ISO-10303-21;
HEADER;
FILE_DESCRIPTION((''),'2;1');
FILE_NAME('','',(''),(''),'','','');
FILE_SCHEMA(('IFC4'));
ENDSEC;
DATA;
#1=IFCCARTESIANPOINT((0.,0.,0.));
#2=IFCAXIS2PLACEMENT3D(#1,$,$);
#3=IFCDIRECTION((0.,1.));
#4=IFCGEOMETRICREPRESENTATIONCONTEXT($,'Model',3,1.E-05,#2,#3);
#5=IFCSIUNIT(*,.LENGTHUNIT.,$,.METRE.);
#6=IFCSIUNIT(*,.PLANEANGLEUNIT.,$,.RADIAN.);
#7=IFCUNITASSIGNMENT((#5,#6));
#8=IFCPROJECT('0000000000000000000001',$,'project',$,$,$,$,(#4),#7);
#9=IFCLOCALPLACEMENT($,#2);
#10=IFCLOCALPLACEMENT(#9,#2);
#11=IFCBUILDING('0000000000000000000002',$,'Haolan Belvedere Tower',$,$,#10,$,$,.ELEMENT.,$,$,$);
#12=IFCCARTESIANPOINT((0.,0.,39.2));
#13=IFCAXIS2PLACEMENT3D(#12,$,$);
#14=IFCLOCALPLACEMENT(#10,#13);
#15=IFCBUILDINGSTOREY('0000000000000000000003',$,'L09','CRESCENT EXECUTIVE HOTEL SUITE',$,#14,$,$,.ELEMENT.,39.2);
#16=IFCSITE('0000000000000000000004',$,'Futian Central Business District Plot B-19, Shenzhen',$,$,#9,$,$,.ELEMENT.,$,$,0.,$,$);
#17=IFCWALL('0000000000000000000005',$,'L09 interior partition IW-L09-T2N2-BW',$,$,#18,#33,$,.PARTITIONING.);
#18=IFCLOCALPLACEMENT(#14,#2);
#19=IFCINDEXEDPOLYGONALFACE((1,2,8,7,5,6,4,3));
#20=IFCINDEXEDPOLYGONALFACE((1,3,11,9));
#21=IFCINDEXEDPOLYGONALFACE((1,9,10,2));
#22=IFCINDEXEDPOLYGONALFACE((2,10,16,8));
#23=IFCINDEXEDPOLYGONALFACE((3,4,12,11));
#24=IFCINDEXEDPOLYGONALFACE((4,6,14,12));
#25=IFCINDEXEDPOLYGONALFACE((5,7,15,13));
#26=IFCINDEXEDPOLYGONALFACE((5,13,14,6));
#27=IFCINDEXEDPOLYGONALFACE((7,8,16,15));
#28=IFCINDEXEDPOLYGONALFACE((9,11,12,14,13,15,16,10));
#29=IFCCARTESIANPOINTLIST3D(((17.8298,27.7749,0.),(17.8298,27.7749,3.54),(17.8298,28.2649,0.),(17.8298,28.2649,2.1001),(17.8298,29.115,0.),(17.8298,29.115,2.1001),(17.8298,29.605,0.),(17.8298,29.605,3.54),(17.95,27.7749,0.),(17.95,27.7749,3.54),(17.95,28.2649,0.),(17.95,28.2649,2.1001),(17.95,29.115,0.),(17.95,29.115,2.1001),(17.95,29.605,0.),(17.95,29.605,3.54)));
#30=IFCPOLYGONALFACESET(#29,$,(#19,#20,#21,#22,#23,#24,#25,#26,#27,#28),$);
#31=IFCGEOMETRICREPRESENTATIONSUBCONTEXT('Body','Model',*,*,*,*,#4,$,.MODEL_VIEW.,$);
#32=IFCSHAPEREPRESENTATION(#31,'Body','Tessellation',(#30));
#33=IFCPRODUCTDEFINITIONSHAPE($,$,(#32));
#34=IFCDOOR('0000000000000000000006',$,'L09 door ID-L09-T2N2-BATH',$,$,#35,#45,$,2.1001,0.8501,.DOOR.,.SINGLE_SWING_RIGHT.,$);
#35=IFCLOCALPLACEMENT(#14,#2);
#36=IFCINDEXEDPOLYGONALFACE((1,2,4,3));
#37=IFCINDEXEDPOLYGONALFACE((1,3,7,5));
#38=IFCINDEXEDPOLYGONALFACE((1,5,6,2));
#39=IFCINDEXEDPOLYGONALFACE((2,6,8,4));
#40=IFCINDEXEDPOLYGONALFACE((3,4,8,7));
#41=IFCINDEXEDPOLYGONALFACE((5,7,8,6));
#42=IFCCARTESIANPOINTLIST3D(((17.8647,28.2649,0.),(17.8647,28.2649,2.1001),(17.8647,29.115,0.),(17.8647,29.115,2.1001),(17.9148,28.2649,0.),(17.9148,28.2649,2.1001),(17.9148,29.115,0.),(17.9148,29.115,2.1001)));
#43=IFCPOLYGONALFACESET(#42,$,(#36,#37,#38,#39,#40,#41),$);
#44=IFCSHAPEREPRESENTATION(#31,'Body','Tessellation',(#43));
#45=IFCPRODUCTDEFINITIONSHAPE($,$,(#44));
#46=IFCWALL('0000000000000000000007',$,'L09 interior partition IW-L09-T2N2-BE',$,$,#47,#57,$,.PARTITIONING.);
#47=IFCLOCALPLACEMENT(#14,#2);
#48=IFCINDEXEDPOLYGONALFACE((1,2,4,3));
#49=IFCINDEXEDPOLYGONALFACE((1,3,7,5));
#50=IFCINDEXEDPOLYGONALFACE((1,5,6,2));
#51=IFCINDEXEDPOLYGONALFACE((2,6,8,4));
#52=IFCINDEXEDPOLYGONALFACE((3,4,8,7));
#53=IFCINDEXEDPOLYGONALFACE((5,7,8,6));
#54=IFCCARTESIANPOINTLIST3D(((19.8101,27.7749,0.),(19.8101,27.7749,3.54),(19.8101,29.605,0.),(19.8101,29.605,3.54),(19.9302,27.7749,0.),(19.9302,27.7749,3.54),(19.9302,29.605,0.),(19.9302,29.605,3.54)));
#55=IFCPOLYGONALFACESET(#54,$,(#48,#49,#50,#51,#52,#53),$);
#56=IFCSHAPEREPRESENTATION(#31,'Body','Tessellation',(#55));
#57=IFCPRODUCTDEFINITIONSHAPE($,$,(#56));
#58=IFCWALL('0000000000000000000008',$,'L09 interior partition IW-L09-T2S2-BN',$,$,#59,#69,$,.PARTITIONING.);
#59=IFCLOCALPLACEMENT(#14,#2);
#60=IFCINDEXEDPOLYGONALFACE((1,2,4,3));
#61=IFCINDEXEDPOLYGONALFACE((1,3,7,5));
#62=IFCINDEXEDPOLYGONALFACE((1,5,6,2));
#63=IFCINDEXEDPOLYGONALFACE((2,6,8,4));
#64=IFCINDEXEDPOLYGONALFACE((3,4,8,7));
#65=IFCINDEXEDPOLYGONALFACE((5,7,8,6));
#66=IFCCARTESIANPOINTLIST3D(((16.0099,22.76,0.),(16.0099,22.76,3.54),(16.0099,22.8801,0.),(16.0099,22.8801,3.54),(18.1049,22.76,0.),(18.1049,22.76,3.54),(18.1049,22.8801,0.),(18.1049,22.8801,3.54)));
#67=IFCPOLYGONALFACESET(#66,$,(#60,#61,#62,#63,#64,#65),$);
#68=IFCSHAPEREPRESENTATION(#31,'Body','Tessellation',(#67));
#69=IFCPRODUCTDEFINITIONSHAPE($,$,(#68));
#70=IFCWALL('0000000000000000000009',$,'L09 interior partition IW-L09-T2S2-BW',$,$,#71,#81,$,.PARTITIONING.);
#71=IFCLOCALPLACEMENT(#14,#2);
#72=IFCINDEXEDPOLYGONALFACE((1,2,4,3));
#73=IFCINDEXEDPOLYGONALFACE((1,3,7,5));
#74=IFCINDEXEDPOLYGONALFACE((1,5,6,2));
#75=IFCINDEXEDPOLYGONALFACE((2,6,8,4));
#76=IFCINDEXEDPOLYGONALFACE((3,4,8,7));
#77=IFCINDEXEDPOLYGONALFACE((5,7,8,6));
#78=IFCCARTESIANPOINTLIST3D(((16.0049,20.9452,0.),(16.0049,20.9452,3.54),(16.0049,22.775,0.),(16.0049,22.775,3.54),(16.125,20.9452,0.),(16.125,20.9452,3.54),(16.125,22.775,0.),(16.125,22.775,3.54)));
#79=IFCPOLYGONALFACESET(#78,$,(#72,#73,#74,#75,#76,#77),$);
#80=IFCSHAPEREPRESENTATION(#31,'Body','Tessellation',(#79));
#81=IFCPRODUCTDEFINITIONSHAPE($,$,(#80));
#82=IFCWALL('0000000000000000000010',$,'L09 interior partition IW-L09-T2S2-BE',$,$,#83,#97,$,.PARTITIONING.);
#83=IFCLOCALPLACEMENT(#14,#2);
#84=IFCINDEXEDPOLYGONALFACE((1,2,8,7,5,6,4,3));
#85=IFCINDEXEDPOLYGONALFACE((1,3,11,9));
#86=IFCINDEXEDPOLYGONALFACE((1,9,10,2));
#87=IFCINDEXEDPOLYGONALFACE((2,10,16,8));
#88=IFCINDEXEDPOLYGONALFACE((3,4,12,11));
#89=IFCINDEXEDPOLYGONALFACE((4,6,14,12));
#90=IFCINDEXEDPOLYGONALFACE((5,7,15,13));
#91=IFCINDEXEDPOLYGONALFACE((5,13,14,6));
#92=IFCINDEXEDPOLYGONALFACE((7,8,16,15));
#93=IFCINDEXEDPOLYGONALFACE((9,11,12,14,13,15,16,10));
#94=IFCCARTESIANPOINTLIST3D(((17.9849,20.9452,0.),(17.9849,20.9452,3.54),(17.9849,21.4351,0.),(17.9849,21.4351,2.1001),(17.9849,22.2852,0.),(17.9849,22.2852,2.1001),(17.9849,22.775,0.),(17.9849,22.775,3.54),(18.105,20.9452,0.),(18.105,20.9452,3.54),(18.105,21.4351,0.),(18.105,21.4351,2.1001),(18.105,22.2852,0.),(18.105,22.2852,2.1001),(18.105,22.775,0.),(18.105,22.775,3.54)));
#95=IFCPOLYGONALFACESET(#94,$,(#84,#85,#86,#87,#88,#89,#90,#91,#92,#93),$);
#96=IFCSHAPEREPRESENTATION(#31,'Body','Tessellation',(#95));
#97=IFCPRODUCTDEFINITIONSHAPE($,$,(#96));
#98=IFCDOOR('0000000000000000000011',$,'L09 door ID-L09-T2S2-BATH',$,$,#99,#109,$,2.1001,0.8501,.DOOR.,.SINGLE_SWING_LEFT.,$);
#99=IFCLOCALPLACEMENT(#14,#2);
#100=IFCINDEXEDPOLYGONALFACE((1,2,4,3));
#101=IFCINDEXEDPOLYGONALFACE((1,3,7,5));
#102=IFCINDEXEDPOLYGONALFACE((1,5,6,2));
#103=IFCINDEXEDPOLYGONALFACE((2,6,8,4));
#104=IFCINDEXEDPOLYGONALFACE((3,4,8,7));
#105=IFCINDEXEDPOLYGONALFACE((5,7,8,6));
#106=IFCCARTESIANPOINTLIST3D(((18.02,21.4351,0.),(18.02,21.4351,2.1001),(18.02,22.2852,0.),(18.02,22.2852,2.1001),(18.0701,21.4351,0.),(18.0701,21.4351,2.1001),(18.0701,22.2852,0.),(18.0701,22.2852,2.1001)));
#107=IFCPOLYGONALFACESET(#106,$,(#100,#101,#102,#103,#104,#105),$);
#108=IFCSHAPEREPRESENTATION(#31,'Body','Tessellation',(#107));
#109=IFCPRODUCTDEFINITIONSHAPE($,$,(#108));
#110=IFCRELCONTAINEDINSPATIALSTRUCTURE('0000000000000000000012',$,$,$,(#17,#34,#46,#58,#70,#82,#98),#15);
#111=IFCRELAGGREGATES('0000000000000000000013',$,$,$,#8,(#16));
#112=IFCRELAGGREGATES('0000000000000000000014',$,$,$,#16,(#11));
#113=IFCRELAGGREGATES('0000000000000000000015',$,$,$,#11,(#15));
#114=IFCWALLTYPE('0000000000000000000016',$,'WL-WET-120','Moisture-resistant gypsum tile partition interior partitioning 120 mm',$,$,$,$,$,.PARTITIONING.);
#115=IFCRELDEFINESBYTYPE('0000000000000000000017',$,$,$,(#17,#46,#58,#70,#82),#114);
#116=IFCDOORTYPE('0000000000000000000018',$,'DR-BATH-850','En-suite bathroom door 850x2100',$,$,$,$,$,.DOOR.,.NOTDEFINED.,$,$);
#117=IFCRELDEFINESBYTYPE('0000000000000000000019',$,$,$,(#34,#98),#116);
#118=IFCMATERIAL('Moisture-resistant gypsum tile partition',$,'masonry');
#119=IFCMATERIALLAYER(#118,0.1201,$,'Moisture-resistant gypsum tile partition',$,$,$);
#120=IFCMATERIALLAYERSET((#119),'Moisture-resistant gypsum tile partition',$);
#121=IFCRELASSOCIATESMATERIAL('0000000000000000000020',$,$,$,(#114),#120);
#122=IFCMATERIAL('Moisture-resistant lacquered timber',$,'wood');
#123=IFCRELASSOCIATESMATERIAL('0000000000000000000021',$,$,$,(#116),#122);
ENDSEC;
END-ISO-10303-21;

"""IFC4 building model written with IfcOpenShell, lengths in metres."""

from ifc_helpers import new_model, si_unit, direction, frame, frame_2d, origin, place, context, subcontext, project, spatial, rectangle, extrude, material, layer, layer_set, type_object, element, fill, save


model = new_model("IFC4")

# Units and contexts
model_context = context("Model", 3, precision=1e-05, world=origin(), true_north=direction((0.0, 1.0)))
body_context = subcontext(model_context, "Body", "Model", "MODEL_VIEW")
ifc_project = project(units=[si_unit("LENGTHUNIT", "METRE"), si_unit("PLANEANGLEUNIT", "RADIAN")], contexts=[model_context])

# Site, building, storey
site_placement = place(None, origin())
site = spatial("IfcSite", under=ifc_project, at=site_placement, Name="Futian Central Business District Plot B-19, Shenzhen", CompositionType="ELEMENT", RefElevation=0.0)
building_placement = place(site_placement, origin())
building = spatial("IfcBuilding", under=site, at=building_placement, Name="Haolan Belvedere Tower", CompositionType="ELEMENT")
storey_placement = place(building_placement, frame((0.0, 0.0, 39.2)))
storey = spatial("IfcBuildingStorey", under=building, at=storey_placement, Name="L09", Description="CRESCENT EXECUTIVE HOTEL SUITE", CompositionType="ELEMENT", Elevation=39.2)

# Shared definitions
ifc_material_1 = material(Name="Moisture-resistant gypsum tile partition", Category="masonry")
ifc_layer_1 = layer(ifc_material_1, 0.1201, Name="Moisture-resistant gypsum tile partition")
ifc_layer_set_1 = layer_set([ifc_layer_1], Name="Moisture-resistant gypsum tile partition")
wall_type_1 = type_object("IfcWallType", Name="WL-WET-120", Description="Moisture-resistant gypsum tile partition interior partitioning 120 mm", PredefinedType="PARTITIONING", material=ifc_layer_set_1)

# Wall, opening, door
wall_1_placement = place(storey_placement, frame((17.8899, 27.7749, 0.0), z_axis=(0.0, 0.0, 1.0), x_axis=(0.0, 1.0, 0.0)))
wall_1 = element("IfcWall", 1, at=wall_1_placement, inside=storey, type_object=wall_type_1, Name="L09 interior partition IW-L09-T2N2-BW", PredefinedType="PARTITIONING", context=body_context, shape_type="SweptSolid", body=[
    extrude(rectangle(XDim=1.8301, YDim=0.1201, at=frame_2d((0.915, 0.0))), origin(), (0.0, 0.0, 1.0), 3.54),
])
opening_1_placement = place(wall_1_placement, frame((1.3401, 0.0, 0.0), z_axis=(0.0, 0.0, 1.0), x_axis=(-1.0, 0.0, 0.0)))
opening_1 = element("IfcOpeningElement", 2, at=opening_1_placement, cuts=wall_1, PredefinedType="OPENING", context=body_context, shape_type="SweptSolid", body=[
    extrude(rectangle(XDim=0.8501, YDim=2.1001, at=frame_2d((0.425, 1.05))), frame((0.0, 0.0701, 0.0), z_axis=(0.0, -1.0, 0.0), x_axis=(1.0, 0.0, 0.0)), (0.0, 0.0, 1.0), 0.1401),
])
ifc_material_2 = material(Name="Moisture-resistant lacquered timber", Category="wood")
door_type_1 = type_object("IfcDoorType", Name="DR-BATH-850", Description="En-suite bathroom door 850x2100", OperationType="NOTDEFINED", PredefinedType="DOOR", material=ifc_material_2)
door_1_placement = place(opening_1_placement, origin())
door_1 = element("IfcDoor", 3, at=door_1_placement, inside=storey, type_object=door_type_1, Name="L09 door ID-L09-T2N2-BATH", OperationType="SINGLE_SWING_RIGHT", OverallHeight=2.1001, OverallWidth=0.8501, PredefinedType="DOOR", context=body_context, shape_type="SweptSolid", body=[
    extrude(rectangle(XDim=0.8501, YDim=2.1001, at=frame_2d((0.425, 1.05))), frame((0.0, 0.0249, 0.0), z_axis=(0.0, -1.0, 0.0), x_axis=(1.0, 0.0, 0.0)), (0.0, 0.0, 1.0), 0.05),
])
fill(opening_1, door_1)

# Walls
wall_2_placement = place(storey_placement, frame((19.8701, 27.7749, 0.0), z_axis=(0.0, 0.0, 1.0), x_axis=(0.0, 1.0, 0.0)))
element("IfcWall", 4, at=wall_2_placement, inside=storey, type_object=wall_type_1, Name="L09 interior partition IW-L09-T2N2-BE", PredefinedType="PARTITIONING", context=body_context, shape_type="SweptSolid", body=[
    extrude(rectangle(XDim=1.8301, YDim=0.1201, at=frame_2d((0.915, 0.0))), origin(), (0.0, 0.0, 1.0), 3.54),
])
wall_3_placement = place(storey_placement, frame((16.01, 22.8201, 0.0), z_axis=(0.0, 0.0, 1.0), x_axis=(1.0, 0.0, 0.0)))
element("IfcWall", 5, at=wall_3_placement, inside=storey, type_object=wall_type_1, Name="L09 interior partition IW-L09-T2S2-BN", PredefinedType="PARTITIONING", context=body_context, shape_type="SweptSolid", body=[
    extrude(rectangle(XDim=2.095, YDim=0.1201, at=frame_2d((1.0474, 0.0))), origin(), (0.0, 0.0, 1.0), 3.54),
])
wall_4_placement = place(storey_placement, frame((16.0649, 20.9451, 0.0), z_axis=(0.0, 0.0, 1.0), x_axis=(0.0, 1.0, 0.0)))
element("IfcWall", 6, at=wall_4_placement, inside=storey, type_object=wall_type_1, Name="L09 interior partition IW-L09-T2S2-BW", PredefinedType="PARTITIONING", context=body_context, shape_type="SweptSolid", body=[
    extrude(rectangle(XDim=1.8298, YDim=0.1201, at=frame_2d((0.915, 0.0))), origin(), (0.0, 0.0, 1.0), 3.54),
])

# Wall, opening, door
wall_5_placement = place(storey_placement, frame((18.0449, 20.9451, 0.0), z_axis=(0.0, 0.0, 1.0), x_axis=(0.0, 1.0, 0.0)))
wall_5 = element("IfcWall", 7, at=wall_5_placement, inside=storey, type_object=wall_type_1, Name="L09 interior partition IW-L09-T2S2-BE", PredefinedType="PARTITIONING", context=body_context, shape_type="SweptSolid", body=[
    extrude(rectangle(XDim=1.8298, YDim=0.1201, at=frame_2d((0.915, 0.0))), origin(), (0.0, 0.0, 1.0), 3.54),
])
opening_2_placement = place(wall_5_placement, frame((0.49, 0.0, 0.0)))
opening_2 = element("IfcOpeningElement", 8, at=opening_2_placement, cuts=wall_5, PredefinedType="OPENING", context=body_context, shape_type="SweptSolid", body=[
    extrude(rectangle(XDim=0.8501, YDim=2.1001, at=frame_2d((0.425, 1.05))), frame((0.0, 0.0701, 0.0), z_axis=(0.0, -1.0, 0.0), x_axis=(1.0, 0.0, 0.0)), (0.0, 0.0, 1.0), 0.1401),
])
door_2_placement = place(opening_2_placement, origin())
door_2 = element("IfcDoor", 9, at=door_2_placement, inside=storey, type_object=door_type_1, Name="L09 door ID-L09-T2S2-BATH", OperationType="SINGLE_SWING_LEFT", OverallHeight=2.1001, OverallWidth=0.8501, PredefinedType="DOOR", context=body_context, shape_type="SweptSolid", body=[
    extrude(rectangle(XDim=0.8501, YDim=2.1001, at=frame_2d((0.425, 1.05))), frame((0.0, 0.0249, 0.0), z_axis=(0.0, -1.0, 0.0), x_axis=(1.0, 0.0, 0.0)), (0.0, 0.0, 1.0), 0.05),
])
fill(opening_2, door_2)

save(model, "model.ifc")
